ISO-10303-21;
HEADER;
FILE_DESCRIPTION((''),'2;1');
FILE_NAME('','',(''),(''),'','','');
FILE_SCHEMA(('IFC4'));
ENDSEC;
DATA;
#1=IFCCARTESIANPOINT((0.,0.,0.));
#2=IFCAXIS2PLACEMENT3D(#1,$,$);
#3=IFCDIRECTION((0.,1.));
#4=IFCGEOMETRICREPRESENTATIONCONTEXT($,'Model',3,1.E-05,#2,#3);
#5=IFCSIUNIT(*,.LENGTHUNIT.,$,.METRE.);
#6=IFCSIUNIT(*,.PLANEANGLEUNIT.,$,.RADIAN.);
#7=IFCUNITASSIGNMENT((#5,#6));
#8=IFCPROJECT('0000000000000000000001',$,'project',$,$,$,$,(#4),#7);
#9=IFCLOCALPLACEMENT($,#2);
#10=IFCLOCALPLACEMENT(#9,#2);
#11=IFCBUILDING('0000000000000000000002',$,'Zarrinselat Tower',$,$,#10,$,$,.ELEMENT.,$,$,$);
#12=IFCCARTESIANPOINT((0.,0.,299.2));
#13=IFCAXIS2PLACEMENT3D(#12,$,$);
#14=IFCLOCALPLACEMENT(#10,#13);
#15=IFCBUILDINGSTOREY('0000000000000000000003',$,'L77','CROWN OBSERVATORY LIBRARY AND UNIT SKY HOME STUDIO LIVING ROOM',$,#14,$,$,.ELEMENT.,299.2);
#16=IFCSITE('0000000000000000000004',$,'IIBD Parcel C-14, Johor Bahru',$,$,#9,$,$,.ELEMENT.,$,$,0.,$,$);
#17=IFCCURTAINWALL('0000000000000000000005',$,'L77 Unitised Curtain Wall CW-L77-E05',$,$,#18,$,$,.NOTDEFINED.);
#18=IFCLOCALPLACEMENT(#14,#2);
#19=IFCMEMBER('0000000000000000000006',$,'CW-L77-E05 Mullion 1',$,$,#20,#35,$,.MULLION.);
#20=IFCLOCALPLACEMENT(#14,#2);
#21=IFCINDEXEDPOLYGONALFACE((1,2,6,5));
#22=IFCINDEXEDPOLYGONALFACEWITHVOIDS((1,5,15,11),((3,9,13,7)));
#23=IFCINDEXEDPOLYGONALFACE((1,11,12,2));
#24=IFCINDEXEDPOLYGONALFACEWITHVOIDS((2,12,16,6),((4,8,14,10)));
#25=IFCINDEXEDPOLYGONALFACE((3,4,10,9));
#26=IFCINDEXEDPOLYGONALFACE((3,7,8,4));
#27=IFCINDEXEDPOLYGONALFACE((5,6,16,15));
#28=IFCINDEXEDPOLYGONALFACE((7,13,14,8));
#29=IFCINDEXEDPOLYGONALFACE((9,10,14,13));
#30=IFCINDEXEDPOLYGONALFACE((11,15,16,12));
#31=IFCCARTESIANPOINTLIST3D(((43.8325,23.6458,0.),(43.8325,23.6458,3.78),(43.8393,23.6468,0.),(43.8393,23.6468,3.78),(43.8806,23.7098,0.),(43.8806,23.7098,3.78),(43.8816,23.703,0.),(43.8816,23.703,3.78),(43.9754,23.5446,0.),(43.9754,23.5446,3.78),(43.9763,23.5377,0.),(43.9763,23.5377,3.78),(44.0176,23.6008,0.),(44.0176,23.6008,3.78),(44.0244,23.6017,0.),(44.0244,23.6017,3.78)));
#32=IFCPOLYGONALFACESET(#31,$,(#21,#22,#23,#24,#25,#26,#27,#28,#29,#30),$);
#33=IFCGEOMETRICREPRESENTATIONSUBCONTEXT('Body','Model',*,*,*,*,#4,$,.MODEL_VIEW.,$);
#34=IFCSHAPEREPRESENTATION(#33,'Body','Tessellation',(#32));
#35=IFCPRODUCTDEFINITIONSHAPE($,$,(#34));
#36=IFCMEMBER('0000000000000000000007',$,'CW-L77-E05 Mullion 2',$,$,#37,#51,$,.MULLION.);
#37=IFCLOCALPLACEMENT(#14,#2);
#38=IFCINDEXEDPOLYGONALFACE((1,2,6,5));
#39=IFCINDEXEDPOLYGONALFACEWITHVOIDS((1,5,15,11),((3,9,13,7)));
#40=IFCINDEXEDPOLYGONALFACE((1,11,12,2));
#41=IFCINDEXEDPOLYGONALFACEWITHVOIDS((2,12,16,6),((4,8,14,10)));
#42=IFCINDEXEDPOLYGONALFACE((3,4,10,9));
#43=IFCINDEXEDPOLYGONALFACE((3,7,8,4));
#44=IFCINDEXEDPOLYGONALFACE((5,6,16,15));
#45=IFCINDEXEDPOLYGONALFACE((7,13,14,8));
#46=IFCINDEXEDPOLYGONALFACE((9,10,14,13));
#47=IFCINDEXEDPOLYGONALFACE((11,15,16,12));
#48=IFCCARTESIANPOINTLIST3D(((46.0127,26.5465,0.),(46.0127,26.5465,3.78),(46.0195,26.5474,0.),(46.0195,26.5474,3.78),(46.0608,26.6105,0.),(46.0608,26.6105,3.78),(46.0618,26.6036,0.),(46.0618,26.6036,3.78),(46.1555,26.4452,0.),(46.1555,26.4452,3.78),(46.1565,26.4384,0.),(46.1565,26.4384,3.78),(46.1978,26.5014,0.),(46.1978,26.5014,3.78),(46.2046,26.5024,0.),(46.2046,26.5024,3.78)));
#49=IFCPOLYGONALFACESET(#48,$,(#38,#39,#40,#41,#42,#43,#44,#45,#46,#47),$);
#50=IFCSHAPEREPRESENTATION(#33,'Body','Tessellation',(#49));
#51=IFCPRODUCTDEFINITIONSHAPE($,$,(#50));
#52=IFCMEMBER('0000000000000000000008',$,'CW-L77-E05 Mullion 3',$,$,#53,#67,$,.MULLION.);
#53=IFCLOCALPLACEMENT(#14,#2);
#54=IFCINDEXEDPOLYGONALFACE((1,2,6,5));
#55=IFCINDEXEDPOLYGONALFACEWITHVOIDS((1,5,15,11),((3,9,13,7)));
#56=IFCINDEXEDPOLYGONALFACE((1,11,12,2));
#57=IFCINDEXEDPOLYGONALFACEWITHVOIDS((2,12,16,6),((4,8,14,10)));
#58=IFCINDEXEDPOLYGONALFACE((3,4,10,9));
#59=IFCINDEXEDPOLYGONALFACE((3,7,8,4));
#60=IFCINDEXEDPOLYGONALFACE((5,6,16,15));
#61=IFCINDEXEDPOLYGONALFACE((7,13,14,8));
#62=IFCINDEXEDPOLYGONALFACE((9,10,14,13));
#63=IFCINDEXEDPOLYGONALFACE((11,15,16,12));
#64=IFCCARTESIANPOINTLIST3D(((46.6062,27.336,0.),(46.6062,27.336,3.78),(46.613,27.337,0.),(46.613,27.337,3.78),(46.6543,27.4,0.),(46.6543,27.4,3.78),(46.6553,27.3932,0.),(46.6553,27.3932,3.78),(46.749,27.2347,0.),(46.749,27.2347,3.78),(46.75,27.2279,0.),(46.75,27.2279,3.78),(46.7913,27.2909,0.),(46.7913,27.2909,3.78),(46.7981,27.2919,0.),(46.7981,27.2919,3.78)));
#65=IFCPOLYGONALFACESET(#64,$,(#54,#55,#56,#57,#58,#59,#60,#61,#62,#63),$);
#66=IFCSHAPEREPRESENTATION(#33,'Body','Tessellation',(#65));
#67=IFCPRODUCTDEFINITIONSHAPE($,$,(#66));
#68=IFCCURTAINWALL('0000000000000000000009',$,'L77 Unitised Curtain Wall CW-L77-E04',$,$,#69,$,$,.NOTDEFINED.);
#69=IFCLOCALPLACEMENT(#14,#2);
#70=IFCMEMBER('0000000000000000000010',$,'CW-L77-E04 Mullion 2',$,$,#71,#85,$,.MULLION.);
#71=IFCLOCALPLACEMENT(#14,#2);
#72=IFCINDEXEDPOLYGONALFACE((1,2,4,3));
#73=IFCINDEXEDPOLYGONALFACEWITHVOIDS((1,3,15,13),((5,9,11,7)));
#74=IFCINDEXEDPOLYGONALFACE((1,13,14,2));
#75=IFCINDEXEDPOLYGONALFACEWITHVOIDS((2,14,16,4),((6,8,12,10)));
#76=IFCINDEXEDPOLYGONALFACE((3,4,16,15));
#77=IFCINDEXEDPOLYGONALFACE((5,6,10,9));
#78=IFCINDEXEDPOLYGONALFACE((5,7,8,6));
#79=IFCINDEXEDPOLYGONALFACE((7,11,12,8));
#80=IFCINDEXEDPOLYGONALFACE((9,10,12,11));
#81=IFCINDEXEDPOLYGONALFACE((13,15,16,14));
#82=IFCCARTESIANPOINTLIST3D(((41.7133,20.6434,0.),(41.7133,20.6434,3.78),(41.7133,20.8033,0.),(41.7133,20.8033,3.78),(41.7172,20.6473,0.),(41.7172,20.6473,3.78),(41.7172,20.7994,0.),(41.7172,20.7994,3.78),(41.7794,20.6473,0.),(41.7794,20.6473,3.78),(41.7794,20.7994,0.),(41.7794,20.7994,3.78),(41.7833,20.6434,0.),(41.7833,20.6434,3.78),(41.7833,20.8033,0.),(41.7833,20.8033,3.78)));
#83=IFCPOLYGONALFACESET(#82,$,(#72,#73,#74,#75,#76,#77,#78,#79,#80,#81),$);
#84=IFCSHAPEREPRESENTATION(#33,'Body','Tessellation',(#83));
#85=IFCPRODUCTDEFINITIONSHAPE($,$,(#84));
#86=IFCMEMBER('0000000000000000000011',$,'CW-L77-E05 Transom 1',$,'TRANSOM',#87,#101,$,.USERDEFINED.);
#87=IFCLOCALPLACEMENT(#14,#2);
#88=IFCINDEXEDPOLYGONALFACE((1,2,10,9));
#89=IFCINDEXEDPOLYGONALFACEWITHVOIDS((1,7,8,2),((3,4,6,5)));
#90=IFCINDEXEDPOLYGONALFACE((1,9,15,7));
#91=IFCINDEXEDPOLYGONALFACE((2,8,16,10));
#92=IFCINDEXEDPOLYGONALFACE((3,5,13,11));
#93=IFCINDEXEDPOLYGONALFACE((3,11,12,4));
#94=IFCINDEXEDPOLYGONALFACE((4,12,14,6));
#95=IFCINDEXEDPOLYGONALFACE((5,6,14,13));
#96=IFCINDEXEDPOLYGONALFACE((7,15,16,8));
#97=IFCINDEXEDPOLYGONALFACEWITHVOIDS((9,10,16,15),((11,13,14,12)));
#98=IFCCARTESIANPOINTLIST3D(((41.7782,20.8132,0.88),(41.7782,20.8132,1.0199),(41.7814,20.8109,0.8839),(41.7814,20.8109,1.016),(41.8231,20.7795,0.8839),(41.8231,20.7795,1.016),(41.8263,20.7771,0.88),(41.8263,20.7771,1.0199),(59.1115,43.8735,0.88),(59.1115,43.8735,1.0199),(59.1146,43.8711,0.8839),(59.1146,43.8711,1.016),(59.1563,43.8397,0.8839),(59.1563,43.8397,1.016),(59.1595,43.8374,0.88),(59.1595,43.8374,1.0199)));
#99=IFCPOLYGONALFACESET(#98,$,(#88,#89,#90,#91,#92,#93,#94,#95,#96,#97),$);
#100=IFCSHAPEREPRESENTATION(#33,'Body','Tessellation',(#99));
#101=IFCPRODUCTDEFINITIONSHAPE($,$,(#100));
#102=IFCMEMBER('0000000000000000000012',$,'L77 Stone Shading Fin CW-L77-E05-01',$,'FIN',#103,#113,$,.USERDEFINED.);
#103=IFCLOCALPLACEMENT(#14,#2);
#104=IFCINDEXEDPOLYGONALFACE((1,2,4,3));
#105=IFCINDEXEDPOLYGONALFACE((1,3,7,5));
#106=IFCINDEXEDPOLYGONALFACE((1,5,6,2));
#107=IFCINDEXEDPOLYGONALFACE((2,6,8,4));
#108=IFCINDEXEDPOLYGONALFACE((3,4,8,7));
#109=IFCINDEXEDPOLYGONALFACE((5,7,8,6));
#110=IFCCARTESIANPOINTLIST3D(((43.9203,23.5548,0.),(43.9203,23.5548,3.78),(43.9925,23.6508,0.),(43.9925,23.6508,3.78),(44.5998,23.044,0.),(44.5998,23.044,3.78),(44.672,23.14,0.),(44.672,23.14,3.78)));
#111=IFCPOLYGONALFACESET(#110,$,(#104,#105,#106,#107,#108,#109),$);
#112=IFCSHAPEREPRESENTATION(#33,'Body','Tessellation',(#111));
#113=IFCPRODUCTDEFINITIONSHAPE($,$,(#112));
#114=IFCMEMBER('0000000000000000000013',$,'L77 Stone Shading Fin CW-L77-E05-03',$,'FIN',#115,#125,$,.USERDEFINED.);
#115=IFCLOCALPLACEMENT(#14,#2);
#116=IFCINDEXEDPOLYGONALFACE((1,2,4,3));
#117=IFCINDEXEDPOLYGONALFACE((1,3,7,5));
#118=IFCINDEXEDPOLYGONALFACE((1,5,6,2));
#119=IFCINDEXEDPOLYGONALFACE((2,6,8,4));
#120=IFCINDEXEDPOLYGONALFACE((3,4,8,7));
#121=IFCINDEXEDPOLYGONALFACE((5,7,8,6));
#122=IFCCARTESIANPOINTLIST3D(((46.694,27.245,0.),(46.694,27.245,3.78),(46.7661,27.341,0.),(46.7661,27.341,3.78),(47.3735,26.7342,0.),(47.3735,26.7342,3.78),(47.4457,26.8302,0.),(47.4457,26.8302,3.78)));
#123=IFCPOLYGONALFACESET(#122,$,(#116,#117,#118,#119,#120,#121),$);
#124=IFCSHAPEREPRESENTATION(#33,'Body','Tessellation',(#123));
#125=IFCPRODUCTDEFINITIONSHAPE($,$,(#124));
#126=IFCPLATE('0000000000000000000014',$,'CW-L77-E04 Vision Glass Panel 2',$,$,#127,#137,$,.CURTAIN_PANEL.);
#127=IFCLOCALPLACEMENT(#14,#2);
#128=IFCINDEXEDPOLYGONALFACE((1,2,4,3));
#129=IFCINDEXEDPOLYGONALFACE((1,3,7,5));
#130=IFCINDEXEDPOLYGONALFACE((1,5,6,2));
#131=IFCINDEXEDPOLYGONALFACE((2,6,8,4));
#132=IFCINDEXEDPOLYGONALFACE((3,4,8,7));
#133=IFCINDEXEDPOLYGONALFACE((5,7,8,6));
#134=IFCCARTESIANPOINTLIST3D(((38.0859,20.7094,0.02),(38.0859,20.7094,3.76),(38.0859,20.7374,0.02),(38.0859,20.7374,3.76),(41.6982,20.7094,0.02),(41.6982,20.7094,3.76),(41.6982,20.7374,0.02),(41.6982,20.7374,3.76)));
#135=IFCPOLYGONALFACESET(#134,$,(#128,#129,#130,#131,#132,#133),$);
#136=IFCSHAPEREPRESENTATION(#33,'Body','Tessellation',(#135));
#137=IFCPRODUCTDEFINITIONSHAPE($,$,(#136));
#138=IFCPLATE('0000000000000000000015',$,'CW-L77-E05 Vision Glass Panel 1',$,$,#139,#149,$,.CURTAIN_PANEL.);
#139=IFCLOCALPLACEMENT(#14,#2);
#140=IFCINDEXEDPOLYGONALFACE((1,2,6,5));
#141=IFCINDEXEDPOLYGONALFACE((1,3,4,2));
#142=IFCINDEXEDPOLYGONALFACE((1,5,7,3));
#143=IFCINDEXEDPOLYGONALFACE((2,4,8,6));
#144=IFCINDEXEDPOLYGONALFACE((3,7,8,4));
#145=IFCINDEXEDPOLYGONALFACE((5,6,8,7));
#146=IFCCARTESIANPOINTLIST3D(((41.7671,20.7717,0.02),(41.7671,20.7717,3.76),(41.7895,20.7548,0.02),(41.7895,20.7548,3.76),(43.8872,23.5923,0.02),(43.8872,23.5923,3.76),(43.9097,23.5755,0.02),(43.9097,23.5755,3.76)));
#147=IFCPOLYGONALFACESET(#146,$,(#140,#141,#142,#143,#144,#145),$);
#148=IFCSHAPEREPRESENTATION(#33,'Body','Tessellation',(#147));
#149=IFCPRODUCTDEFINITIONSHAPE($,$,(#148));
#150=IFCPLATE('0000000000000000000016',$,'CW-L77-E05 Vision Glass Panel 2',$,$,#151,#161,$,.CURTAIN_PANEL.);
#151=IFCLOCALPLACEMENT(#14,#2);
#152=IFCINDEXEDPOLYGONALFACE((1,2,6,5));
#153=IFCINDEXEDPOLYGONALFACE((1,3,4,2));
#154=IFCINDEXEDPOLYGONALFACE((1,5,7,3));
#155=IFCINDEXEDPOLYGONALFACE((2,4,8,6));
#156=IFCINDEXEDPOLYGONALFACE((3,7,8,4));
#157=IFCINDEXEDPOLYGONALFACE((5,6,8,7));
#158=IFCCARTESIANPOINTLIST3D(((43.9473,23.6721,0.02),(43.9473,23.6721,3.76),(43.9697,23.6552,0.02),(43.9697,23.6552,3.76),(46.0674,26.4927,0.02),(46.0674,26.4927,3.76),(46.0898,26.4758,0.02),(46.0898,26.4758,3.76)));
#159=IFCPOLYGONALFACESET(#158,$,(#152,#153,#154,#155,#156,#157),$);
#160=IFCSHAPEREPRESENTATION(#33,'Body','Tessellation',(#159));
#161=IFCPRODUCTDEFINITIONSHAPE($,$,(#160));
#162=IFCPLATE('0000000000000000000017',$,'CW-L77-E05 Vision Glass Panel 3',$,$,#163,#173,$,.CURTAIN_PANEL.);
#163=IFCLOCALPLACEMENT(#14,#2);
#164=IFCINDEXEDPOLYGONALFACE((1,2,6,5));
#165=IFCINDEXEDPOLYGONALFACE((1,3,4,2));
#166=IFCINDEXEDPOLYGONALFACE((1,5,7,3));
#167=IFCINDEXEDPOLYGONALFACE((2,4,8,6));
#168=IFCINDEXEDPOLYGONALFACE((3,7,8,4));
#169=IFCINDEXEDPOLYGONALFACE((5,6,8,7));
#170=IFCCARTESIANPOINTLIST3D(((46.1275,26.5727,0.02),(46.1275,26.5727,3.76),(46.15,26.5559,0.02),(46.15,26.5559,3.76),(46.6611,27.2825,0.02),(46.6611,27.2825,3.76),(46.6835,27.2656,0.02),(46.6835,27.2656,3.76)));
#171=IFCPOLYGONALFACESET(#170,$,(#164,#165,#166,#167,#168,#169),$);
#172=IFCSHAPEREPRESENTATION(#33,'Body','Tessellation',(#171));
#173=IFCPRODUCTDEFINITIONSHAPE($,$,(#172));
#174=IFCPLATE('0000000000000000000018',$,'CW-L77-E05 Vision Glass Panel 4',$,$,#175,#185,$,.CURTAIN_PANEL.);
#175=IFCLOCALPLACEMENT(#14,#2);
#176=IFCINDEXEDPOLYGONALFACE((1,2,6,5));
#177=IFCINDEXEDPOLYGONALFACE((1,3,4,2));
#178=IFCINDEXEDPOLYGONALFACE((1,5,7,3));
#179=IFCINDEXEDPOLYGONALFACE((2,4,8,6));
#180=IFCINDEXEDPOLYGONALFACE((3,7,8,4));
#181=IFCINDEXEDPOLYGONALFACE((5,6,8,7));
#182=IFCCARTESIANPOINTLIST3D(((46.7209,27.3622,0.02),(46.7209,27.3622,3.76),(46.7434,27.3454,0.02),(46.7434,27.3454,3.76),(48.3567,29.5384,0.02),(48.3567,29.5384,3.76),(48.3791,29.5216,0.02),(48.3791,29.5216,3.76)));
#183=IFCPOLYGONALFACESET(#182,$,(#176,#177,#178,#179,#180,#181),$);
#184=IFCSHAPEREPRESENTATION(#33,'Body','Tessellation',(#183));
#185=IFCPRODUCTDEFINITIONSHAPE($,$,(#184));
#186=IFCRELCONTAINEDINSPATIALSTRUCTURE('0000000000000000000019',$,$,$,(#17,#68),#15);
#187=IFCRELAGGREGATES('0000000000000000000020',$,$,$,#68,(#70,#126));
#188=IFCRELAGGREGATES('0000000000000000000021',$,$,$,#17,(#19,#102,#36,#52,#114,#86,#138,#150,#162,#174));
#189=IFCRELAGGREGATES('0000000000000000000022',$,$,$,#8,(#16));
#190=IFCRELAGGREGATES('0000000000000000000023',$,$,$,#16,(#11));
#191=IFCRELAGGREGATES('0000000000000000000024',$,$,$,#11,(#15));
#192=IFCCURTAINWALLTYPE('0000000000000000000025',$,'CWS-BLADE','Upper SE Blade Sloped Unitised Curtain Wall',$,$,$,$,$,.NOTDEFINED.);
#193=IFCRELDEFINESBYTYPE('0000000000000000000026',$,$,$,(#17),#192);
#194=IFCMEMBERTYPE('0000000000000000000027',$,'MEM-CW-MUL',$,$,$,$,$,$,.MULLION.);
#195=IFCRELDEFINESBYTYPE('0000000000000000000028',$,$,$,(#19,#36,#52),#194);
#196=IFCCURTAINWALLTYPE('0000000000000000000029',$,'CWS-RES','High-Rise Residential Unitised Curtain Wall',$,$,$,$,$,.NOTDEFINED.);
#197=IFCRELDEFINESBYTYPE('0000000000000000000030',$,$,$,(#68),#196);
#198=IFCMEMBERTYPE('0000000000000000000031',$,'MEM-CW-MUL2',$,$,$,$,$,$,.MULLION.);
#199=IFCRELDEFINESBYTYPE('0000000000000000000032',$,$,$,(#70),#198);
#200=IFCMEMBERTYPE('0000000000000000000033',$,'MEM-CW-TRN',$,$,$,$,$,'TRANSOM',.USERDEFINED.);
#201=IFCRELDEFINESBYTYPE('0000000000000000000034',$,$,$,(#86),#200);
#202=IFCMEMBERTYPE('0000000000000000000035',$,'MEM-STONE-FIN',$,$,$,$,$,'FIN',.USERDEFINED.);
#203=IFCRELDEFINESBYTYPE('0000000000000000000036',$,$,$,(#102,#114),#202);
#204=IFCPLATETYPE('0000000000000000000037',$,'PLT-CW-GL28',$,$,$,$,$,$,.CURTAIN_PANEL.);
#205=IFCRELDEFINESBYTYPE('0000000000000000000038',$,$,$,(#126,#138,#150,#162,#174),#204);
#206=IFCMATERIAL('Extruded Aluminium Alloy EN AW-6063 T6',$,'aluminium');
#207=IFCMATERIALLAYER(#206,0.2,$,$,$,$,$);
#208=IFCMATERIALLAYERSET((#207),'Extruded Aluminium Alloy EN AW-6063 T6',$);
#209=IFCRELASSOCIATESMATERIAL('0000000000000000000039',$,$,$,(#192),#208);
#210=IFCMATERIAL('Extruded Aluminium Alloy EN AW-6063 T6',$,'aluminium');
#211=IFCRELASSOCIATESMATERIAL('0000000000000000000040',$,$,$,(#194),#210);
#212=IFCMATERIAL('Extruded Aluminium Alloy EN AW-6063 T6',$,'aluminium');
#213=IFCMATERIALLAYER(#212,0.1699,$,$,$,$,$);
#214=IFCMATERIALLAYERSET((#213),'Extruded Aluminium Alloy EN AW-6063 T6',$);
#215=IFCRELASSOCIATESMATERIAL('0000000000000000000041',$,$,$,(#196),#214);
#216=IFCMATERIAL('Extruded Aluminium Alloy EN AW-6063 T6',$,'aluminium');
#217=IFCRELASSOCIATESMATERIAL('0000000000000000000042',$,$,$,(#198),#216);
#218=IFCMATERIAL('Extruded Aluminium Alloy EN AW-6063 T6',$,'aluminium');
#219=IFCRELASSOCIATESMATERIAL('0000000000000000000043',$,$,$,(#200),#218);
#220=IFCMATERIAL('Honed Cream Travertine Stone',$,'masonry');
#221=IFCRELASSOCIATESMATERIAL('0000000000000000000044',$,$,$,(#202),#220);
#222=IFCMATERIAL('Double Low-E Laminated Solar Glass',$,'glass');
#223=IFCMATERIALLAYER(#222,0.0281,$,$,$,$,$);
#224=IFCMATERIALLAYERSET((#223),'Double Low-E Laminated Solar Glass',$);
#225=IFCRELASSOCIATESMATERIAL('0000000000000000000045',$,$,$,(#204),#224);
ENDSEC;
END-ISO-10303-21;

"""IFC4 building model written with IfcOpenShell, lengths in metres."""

from ifc_helpers import new_model, si_unit, direction, frame, origin, origin_2d, place, context, subcontext, project, spatial, rectangle, hollow_rectangle, extrude, material, layer, layer_set, material_profile, profile_set, type_object, element, aggregate, save


model = new_model("IFC4")

# Units and contexts
model_context = context("Model", 3, precision=1e-05, world=origin(), true_north=direction((0.0, 1.0)))
body_context = subcontext(model_context, "Body", "Model", "MODEL_VIEW")
ifc_project = project(units=[si_unit("LENGTHUNIT", "METRE"), si_unit("PLANEANGLEUNIT", "RADIAN")], contexts=[model_context])

# Site, building, storey
site_placement = place(None, origin())
site = spatial("IfcSite", under=ifc_project, at=site_placement, Name="IIBD Parcel C-14, Johor Bahru", CompositionType="ELEMENT", RefElevation=0.0)
building_placement = place(site_placement, origin())
building = spatial("IfcBuilding", under=site, at=building_placement, Name="Zarrinselat Tower", CompositionType="ELEMENT")
storey_placement = place(building_placement, frame((0.0, 0.0, 299.2)))
storey = spatial("IfcBuildingStorey", under=building, at=storey_placement, Name="L77", Description="CROWN OBSERVATORY LIBRARY AND UNIT SKY HOME STUDIO LIVING ROOM", CompositionType="ELEMENT", Elevation=299.2)

# Curtain wall, members
ifc_material_1 = material(Name="Extruded Aluminium Alloy EN AW-6063 T6", Category="aluminium")
ifc_layer_1 = layer(ifc_material_1, 0.2)
ifc_layer_set_1 = layer_set([ifc_layer_1], Name="Extruded Aluminium Alloy EN AW-6063 T6")
curtain_wall_type_1 = type_object("IfcCurtainWallType", Name="CWS-BLADE", Description="Upper SE Blade Sloped Unitised Curtain Wall", PredefinedType="NOTDEFINED", material=ifc_layer_set_1)
curtain_wall_1_placement = place(storey_placement, origin())
curtain_wall_1 = element("IfcCurtainWall", 1, at=curtain_wall_1_placement, inside=storey, type_object=curtain_wall_type_1, Name="L77 Unitised Curtain Wall CW-L77-E05", PredefinedType="NOTDEFINED")
ifc_material_2 = material(Name="Extruded Aluminium Alloy EN AW-6063 T6", Category="aluminium")
ifc_material_profile_1 = material_profile(ifc_material_2, hollow_rectangle(XDim=0.0801, YDim=0.1799, WallThickness=0.0049, at=origin_2d()), Name="RHS 180x80x5")
ifc_profile_set_1 = profile_set([ifc_material_profile_1], Name="Extruded Aluminium Alloy EN AW-6063 T6")
member_type_1 = type_object("IfcMemberType", Name="MEM-CW-MUL", PredefinedType="MULLION", material=ifc_profile_set_1)
member_1_placement = place(storey_placement, frame((43.9285, 23.6238, 0.0), z_axis=(0.0, 0.0, 1.0), x_axis=(0.600848, 0.799363, 0.0)))
member_1 = element("IfcMember", 2, at=member_1_placement, type_object=member_type_1, Name="CW-L77-E05 Mullion 1", PredefinedType="MULLION", context=body_context, shape_type="SweptSolid", body=[
    extrude(hollow_rectangle(XDim=0.0801, YDim=0.1799, WallThickness=0.0049, at=origin_2d()), origin(), (0.0, 0.0, 1.0), 3.78),
])
member_2_placement = place(storey_placement, frame((46.1086, 26.5244, 0.0), z_axis=(0.0, 0.0, 1.0), x_axis=(0.600848, 0.799363, 0.0)))
member_2 = element("IfcMember", 3, at=member_2_placement, type_object=member_type_1, Name="CW-L77-E05 Mullion 2", PredefinedType="MULLION", context=body_context, shape_type="SweptSolid", body=[
    extrude(hollow_rectangle(XDim=0.0801, YDim=0.1799, WallThickness=0.0049, at=origin_2d()), origin(), (0.0, 0.0, 1.0), 3.78),
])
member_3_placement = place(storey_placement, frame((46.7021, 27.314, 0.0), z_axis=(0.0, 0.0, 1.0), x_axis=(0.600848, 0.799363, 0.0)))
member_3 = element("IfcMember", 4, at=member_3_placement, type_object=member_type_1, Name="CW-L77-E05 Mullion 3", PredefinedType="MULLION", context=body_context, shape_type="SweptSolid", body=[
    extrude(hollow_rectangle(XDim=0.0801, YDim=0.1799, WallThickness=0.0049, at=origin_2d()), origin(), (0.0, 0.0, 1.0), 3.78),
])

# Curtain wall, member
ifc_material_3 = material(Name="Extruded Aluminium Alloy EN AW-6063 T6", Category="aluminium")
ifc_layer_2 = layer(ifc_material_3, 0.1699)
ifc_layer_set_2 = layer_set([ifc_layer_2], Name="Extruded Aluminium Alloy EN AW-6063 T6")
curtain_wall_type_2 = type_object("IfcCurtainWallType", Name="CWS-RES", Description="High-Rise Residential Unitised Curtain Wall", PredefinedType="NOTDEFINED", material=ifc_layer_set_2)
curtain_wall_2_placement = place(storey_placement, origin())
curtain_wall_2 = element("IfcCurtainWall", 5, at=curtain_wall_2_placement, inside=storey, type_object=curtain_wall_type_2, Name="L77 Unitised Curtain Wall CW-L77-E04", PredefinedType="NOTDEFINED")
ifc_material_4 = material(Name="Extruded Aluminium Alloy EN AW-6063 T6", Category="aluminium")
ifc_material_profile_2 = material_profile(ifc_material_4, hollow_rectangle(XDim=0.0701, YDim=0.1599, WallThickness=0.0039, at=origin_2d()), Name="RHS 160x70x4")
ifc_profile_set_2 = profile_set([ifc_material_profile_2], Name="Extruded Aluminium Alloy EN AW-6063 T6")
member_type_2 = type_object("IfcMemberType", Name="MEM-CW-MUL2", PredefinedType="MULLION", material=ifc_profile_set_2)
member_4_placement = place(storey_placement, frame((41.7483, 20.7234, 0.0), z_axis=(0.0, 0.0, 1.0), x_axis=(1.0, 0.0, 0.0)))
member_4 = element("IfcMember", 6, at=member_4_placement, type_object=member_type_2, Name="CW-L77-E04 Mullion 2", PredefinedType="MULLION", context=body_context, shape_type="SweptSolid", body=[
    extrude(hollow_rectangle(XDim=0.0701, YDim=0.1599, WallThickness=0.0039, at=origin_2d()), origin(), (0.0, 0.0, 1.0), 3.78),
])

# Members
ifc_material_5 = material(Name="Extruded Aluminium Alloy EN AW-6063 T6", Category="aluminium")
ifc_material_profile_3 = material_profile(ifc_material_5, hollow_rectangle(XDim=0.0601, YDim=0.1399, WallThickness=0.0039, at=origin_2d()), Name="RHS 140x60x4")
ifc_profile_set_3 = profile_set([ifc_material_profile_3], Name="Extruded Aluminium Alloy EN AW-6063 T6")
member_type_3 = type_object("IfcMemberType", Name="MEM-CW-TRN", ElementType="TRANSOM", PredefinedType="USERDEFINED", material=ifc_profile_set_3)
member_5_placement = place(storey_placement, frame((41.8022, 20.7952, 0.95), z_axis=(0.600843, 0.799367, 0.0), x_axis=(-0.799367, 0.600843, 0.0)))
member_5 = element("IfcMember", 7, at=member_5_placement, type_object=member_type_3, Name="CW-L77-E05 Transom 1", ObjectType="TRANSOM", PredefinedType="USERDEFINED", context=body_context, shape_type="SweptSolid", body=[
    extrude(hollow_rectangle(XDim=0.0601, YDim=0.1399, WallThickness=0.0039, at=origin_2d()), origin(), (0.0, 0.0, 1.0), 28.8481),
])
ifc_material_6 = material(Name="Honed Cream Travertine Stone", Category="masonry")
ifc_material_profile_4 = material_profile(ifc_material_6, rectangle(XDim=0.1201, YDim=0.8501, at=origin_2d()), Name="FIN 850x120")
ifc_profile_set_4 = profile_set([ifc_material_profile_4], Name="Honed Cream Travertine Stone")
member_type_4 = type_object("IfcMemberType", Name="MEM-STONE-FIN", ElementType="FIN", PredefinedType="USERDEFINED", material=ifc_profile_set_4)
member_6_placement = place(storey_placement, frame((44.2961, 23.3474, 0.0), z_axis=(0.0, 0.0, 1.0), x_axis=(-0.600848, -0.799363, 0.0)))
member_6 = element("IfcMember", 8, at=member_6_placement, type_object=member_type_4, Name="L77 Stone Shading Fin CW-L77-E05-01", ObjectType="FIN", PredefinedType="USERDEFINED", context=body_context, shape_type="SweptSolid", body=[
    extrude(rectangle(XDim=0.1201, YDim=0.8501, at=origin_2d()), origin(), (0.0, 0.0, 1.0), 3.78),
])
member_7_placement = place(storey_placement, frame((47.0698, 27.0376, 0.0), z_axis=(0.0, 0.0, 1.0), x_axis=(-0.600848, -0.799363, 0.0)))
member_7 = element("IfcMember", 9, at=member_7_placement, type_object=member_type_4, Name="L77 Stone Shading Fin CW-L77-E05-03", ObjectType="FIN", PredefinedType="USERDEFINED", context=body_context, shape_type="SweptSolid", body=[
    extrude(rectangle(XDim=0.1201, YDim=0.8501, at=origin_2d()), origin(), (0.0, 0.0, 1.0), 3.78),
])

# Plates
ifc_material_7 = material(Name="Double Low-E Laminated Solar Glass", Category="glass")
ifc_layer_3 = layer(ifc_material_7, 0.0281)
ifc_layer_set_3 = layer_set([ifc_layer_3], Name="Double Low-E Laminated Solar Glass")
plate_type = type_object("IfcPlateType", Name="PLT-CW-GL28", PredefinedType="CURTAIN_PANEL", material=ifc_layer_set_3)
plate_1_placement = place(storey_placement, frame((39.8921, 20.7234, 0.02), z_axis=(0.0, 0.0, 1.0), x_axis=(1.0, 0.0, 0.0)))
plate_1 = element("IfcPlate", 10, at=plate_1_placement, type_object=plate_type, Name="CW-L77-E04 Vision Glass Panel 2", PredefinedType="CURTAIN_PANEL", context=body_context, shape_type="SweptSolid", body=[
    extrude(rectangle(XDim=3.6123, YDim=0.0281, at=origin_2d()), origin(), (0.0, 0.0, 1.0), 3.74),
])
aggregate(curtain_wall_2, [member_4, plate_1])
plate_2_placement = place(storey_placement, frame((42.8384, 22.1736, 0.02), z_axis=(0.0, 0.0, 1.0), x_axis=(0.600848, 0.799363, 0.0)))
plate_2 = element("IfcPlate", 11, at=plate_2_placement, type_object=plate_type, Name="CW-L77-E05 Vision Glass Panel 1", PredefinedType="CURTAIN_PANEL", context=body_context, shape_type="SweptSolid", body=[
    extrude(rectangle(XDim=3.5286, YDim=0.0281, at=origin_2d()), origin(), (0.0, 0.0, 1.0), 3.74),
])
plate_3_placement = place(storey_placement, frame((45.0186, 25.074, 0.02), z_axis=(0.0, 0.0, 1.0), x_axis=(0.600848, 0.799363, 0.0)))
plate_3 = element("IfcPlate", 12, at=plate_3_placement, type_object=plate_type, Name="CW-L77-E05 Vision Glass Panel 2", PredefinedType="CURTAIN_PANEL", context=body_context, shape_type="SweptSolid", body=[
    extrude(rectangle(XDim=3.5286, YDim=0.0281, at=origin_2d()), origin(), (0.0, 0.0, 1.0), 3.74),
])
plate_4_placement = place(storey_placement, frame((46.4055, 26.9192, 0.02), z_axis=(0.0, 0.0, 1.0), x_axis=(0.600848, 0.799363, 0.0)))
plate_4 = element("IfcPlate", 13, at=plate_4_placement, type_object=plate_type, Name="CW-L77-E05 Vision Glass Panel 3", PredefinedType="CURTAIN_PANEL", context=body_context, shape_type="SweptSolid", body=[
    extrude(rectangle(XDim=0.8879, YDim=0.0281, at=origin_2d()), origin(), (0.0, 0.0, 1.0), 3.74),
])
plate_5_placement = place(storey_placement, frame((47.55, 28.4419, 0.02), z_axis=(0.0, 0.0, 1.0), x_axis=(0.600848, 0.799363, 0.0)))
plate_5 = element("IfcPlate", 14, at=plate_5_placement, type_object=plate_type, Name="CW-L77-E05 Vision Glass Panel 4", PredefinedType="CURTAIN_PANEL", context=body_context, shape_type="SweptSolid", body=[
    extrude(rectangle(XDim=2.7224, YDim=0.0281, at=origin_2d()), origin(), (0.0, 0.0, 1.0), 3.74),
])
aggregate(curtain_wall_1, [member_1, member_6, member_2, member_3, member_7, member_5, plate_2, plate_3, plate_4, plate_5])

save(model, "model.ifc")
